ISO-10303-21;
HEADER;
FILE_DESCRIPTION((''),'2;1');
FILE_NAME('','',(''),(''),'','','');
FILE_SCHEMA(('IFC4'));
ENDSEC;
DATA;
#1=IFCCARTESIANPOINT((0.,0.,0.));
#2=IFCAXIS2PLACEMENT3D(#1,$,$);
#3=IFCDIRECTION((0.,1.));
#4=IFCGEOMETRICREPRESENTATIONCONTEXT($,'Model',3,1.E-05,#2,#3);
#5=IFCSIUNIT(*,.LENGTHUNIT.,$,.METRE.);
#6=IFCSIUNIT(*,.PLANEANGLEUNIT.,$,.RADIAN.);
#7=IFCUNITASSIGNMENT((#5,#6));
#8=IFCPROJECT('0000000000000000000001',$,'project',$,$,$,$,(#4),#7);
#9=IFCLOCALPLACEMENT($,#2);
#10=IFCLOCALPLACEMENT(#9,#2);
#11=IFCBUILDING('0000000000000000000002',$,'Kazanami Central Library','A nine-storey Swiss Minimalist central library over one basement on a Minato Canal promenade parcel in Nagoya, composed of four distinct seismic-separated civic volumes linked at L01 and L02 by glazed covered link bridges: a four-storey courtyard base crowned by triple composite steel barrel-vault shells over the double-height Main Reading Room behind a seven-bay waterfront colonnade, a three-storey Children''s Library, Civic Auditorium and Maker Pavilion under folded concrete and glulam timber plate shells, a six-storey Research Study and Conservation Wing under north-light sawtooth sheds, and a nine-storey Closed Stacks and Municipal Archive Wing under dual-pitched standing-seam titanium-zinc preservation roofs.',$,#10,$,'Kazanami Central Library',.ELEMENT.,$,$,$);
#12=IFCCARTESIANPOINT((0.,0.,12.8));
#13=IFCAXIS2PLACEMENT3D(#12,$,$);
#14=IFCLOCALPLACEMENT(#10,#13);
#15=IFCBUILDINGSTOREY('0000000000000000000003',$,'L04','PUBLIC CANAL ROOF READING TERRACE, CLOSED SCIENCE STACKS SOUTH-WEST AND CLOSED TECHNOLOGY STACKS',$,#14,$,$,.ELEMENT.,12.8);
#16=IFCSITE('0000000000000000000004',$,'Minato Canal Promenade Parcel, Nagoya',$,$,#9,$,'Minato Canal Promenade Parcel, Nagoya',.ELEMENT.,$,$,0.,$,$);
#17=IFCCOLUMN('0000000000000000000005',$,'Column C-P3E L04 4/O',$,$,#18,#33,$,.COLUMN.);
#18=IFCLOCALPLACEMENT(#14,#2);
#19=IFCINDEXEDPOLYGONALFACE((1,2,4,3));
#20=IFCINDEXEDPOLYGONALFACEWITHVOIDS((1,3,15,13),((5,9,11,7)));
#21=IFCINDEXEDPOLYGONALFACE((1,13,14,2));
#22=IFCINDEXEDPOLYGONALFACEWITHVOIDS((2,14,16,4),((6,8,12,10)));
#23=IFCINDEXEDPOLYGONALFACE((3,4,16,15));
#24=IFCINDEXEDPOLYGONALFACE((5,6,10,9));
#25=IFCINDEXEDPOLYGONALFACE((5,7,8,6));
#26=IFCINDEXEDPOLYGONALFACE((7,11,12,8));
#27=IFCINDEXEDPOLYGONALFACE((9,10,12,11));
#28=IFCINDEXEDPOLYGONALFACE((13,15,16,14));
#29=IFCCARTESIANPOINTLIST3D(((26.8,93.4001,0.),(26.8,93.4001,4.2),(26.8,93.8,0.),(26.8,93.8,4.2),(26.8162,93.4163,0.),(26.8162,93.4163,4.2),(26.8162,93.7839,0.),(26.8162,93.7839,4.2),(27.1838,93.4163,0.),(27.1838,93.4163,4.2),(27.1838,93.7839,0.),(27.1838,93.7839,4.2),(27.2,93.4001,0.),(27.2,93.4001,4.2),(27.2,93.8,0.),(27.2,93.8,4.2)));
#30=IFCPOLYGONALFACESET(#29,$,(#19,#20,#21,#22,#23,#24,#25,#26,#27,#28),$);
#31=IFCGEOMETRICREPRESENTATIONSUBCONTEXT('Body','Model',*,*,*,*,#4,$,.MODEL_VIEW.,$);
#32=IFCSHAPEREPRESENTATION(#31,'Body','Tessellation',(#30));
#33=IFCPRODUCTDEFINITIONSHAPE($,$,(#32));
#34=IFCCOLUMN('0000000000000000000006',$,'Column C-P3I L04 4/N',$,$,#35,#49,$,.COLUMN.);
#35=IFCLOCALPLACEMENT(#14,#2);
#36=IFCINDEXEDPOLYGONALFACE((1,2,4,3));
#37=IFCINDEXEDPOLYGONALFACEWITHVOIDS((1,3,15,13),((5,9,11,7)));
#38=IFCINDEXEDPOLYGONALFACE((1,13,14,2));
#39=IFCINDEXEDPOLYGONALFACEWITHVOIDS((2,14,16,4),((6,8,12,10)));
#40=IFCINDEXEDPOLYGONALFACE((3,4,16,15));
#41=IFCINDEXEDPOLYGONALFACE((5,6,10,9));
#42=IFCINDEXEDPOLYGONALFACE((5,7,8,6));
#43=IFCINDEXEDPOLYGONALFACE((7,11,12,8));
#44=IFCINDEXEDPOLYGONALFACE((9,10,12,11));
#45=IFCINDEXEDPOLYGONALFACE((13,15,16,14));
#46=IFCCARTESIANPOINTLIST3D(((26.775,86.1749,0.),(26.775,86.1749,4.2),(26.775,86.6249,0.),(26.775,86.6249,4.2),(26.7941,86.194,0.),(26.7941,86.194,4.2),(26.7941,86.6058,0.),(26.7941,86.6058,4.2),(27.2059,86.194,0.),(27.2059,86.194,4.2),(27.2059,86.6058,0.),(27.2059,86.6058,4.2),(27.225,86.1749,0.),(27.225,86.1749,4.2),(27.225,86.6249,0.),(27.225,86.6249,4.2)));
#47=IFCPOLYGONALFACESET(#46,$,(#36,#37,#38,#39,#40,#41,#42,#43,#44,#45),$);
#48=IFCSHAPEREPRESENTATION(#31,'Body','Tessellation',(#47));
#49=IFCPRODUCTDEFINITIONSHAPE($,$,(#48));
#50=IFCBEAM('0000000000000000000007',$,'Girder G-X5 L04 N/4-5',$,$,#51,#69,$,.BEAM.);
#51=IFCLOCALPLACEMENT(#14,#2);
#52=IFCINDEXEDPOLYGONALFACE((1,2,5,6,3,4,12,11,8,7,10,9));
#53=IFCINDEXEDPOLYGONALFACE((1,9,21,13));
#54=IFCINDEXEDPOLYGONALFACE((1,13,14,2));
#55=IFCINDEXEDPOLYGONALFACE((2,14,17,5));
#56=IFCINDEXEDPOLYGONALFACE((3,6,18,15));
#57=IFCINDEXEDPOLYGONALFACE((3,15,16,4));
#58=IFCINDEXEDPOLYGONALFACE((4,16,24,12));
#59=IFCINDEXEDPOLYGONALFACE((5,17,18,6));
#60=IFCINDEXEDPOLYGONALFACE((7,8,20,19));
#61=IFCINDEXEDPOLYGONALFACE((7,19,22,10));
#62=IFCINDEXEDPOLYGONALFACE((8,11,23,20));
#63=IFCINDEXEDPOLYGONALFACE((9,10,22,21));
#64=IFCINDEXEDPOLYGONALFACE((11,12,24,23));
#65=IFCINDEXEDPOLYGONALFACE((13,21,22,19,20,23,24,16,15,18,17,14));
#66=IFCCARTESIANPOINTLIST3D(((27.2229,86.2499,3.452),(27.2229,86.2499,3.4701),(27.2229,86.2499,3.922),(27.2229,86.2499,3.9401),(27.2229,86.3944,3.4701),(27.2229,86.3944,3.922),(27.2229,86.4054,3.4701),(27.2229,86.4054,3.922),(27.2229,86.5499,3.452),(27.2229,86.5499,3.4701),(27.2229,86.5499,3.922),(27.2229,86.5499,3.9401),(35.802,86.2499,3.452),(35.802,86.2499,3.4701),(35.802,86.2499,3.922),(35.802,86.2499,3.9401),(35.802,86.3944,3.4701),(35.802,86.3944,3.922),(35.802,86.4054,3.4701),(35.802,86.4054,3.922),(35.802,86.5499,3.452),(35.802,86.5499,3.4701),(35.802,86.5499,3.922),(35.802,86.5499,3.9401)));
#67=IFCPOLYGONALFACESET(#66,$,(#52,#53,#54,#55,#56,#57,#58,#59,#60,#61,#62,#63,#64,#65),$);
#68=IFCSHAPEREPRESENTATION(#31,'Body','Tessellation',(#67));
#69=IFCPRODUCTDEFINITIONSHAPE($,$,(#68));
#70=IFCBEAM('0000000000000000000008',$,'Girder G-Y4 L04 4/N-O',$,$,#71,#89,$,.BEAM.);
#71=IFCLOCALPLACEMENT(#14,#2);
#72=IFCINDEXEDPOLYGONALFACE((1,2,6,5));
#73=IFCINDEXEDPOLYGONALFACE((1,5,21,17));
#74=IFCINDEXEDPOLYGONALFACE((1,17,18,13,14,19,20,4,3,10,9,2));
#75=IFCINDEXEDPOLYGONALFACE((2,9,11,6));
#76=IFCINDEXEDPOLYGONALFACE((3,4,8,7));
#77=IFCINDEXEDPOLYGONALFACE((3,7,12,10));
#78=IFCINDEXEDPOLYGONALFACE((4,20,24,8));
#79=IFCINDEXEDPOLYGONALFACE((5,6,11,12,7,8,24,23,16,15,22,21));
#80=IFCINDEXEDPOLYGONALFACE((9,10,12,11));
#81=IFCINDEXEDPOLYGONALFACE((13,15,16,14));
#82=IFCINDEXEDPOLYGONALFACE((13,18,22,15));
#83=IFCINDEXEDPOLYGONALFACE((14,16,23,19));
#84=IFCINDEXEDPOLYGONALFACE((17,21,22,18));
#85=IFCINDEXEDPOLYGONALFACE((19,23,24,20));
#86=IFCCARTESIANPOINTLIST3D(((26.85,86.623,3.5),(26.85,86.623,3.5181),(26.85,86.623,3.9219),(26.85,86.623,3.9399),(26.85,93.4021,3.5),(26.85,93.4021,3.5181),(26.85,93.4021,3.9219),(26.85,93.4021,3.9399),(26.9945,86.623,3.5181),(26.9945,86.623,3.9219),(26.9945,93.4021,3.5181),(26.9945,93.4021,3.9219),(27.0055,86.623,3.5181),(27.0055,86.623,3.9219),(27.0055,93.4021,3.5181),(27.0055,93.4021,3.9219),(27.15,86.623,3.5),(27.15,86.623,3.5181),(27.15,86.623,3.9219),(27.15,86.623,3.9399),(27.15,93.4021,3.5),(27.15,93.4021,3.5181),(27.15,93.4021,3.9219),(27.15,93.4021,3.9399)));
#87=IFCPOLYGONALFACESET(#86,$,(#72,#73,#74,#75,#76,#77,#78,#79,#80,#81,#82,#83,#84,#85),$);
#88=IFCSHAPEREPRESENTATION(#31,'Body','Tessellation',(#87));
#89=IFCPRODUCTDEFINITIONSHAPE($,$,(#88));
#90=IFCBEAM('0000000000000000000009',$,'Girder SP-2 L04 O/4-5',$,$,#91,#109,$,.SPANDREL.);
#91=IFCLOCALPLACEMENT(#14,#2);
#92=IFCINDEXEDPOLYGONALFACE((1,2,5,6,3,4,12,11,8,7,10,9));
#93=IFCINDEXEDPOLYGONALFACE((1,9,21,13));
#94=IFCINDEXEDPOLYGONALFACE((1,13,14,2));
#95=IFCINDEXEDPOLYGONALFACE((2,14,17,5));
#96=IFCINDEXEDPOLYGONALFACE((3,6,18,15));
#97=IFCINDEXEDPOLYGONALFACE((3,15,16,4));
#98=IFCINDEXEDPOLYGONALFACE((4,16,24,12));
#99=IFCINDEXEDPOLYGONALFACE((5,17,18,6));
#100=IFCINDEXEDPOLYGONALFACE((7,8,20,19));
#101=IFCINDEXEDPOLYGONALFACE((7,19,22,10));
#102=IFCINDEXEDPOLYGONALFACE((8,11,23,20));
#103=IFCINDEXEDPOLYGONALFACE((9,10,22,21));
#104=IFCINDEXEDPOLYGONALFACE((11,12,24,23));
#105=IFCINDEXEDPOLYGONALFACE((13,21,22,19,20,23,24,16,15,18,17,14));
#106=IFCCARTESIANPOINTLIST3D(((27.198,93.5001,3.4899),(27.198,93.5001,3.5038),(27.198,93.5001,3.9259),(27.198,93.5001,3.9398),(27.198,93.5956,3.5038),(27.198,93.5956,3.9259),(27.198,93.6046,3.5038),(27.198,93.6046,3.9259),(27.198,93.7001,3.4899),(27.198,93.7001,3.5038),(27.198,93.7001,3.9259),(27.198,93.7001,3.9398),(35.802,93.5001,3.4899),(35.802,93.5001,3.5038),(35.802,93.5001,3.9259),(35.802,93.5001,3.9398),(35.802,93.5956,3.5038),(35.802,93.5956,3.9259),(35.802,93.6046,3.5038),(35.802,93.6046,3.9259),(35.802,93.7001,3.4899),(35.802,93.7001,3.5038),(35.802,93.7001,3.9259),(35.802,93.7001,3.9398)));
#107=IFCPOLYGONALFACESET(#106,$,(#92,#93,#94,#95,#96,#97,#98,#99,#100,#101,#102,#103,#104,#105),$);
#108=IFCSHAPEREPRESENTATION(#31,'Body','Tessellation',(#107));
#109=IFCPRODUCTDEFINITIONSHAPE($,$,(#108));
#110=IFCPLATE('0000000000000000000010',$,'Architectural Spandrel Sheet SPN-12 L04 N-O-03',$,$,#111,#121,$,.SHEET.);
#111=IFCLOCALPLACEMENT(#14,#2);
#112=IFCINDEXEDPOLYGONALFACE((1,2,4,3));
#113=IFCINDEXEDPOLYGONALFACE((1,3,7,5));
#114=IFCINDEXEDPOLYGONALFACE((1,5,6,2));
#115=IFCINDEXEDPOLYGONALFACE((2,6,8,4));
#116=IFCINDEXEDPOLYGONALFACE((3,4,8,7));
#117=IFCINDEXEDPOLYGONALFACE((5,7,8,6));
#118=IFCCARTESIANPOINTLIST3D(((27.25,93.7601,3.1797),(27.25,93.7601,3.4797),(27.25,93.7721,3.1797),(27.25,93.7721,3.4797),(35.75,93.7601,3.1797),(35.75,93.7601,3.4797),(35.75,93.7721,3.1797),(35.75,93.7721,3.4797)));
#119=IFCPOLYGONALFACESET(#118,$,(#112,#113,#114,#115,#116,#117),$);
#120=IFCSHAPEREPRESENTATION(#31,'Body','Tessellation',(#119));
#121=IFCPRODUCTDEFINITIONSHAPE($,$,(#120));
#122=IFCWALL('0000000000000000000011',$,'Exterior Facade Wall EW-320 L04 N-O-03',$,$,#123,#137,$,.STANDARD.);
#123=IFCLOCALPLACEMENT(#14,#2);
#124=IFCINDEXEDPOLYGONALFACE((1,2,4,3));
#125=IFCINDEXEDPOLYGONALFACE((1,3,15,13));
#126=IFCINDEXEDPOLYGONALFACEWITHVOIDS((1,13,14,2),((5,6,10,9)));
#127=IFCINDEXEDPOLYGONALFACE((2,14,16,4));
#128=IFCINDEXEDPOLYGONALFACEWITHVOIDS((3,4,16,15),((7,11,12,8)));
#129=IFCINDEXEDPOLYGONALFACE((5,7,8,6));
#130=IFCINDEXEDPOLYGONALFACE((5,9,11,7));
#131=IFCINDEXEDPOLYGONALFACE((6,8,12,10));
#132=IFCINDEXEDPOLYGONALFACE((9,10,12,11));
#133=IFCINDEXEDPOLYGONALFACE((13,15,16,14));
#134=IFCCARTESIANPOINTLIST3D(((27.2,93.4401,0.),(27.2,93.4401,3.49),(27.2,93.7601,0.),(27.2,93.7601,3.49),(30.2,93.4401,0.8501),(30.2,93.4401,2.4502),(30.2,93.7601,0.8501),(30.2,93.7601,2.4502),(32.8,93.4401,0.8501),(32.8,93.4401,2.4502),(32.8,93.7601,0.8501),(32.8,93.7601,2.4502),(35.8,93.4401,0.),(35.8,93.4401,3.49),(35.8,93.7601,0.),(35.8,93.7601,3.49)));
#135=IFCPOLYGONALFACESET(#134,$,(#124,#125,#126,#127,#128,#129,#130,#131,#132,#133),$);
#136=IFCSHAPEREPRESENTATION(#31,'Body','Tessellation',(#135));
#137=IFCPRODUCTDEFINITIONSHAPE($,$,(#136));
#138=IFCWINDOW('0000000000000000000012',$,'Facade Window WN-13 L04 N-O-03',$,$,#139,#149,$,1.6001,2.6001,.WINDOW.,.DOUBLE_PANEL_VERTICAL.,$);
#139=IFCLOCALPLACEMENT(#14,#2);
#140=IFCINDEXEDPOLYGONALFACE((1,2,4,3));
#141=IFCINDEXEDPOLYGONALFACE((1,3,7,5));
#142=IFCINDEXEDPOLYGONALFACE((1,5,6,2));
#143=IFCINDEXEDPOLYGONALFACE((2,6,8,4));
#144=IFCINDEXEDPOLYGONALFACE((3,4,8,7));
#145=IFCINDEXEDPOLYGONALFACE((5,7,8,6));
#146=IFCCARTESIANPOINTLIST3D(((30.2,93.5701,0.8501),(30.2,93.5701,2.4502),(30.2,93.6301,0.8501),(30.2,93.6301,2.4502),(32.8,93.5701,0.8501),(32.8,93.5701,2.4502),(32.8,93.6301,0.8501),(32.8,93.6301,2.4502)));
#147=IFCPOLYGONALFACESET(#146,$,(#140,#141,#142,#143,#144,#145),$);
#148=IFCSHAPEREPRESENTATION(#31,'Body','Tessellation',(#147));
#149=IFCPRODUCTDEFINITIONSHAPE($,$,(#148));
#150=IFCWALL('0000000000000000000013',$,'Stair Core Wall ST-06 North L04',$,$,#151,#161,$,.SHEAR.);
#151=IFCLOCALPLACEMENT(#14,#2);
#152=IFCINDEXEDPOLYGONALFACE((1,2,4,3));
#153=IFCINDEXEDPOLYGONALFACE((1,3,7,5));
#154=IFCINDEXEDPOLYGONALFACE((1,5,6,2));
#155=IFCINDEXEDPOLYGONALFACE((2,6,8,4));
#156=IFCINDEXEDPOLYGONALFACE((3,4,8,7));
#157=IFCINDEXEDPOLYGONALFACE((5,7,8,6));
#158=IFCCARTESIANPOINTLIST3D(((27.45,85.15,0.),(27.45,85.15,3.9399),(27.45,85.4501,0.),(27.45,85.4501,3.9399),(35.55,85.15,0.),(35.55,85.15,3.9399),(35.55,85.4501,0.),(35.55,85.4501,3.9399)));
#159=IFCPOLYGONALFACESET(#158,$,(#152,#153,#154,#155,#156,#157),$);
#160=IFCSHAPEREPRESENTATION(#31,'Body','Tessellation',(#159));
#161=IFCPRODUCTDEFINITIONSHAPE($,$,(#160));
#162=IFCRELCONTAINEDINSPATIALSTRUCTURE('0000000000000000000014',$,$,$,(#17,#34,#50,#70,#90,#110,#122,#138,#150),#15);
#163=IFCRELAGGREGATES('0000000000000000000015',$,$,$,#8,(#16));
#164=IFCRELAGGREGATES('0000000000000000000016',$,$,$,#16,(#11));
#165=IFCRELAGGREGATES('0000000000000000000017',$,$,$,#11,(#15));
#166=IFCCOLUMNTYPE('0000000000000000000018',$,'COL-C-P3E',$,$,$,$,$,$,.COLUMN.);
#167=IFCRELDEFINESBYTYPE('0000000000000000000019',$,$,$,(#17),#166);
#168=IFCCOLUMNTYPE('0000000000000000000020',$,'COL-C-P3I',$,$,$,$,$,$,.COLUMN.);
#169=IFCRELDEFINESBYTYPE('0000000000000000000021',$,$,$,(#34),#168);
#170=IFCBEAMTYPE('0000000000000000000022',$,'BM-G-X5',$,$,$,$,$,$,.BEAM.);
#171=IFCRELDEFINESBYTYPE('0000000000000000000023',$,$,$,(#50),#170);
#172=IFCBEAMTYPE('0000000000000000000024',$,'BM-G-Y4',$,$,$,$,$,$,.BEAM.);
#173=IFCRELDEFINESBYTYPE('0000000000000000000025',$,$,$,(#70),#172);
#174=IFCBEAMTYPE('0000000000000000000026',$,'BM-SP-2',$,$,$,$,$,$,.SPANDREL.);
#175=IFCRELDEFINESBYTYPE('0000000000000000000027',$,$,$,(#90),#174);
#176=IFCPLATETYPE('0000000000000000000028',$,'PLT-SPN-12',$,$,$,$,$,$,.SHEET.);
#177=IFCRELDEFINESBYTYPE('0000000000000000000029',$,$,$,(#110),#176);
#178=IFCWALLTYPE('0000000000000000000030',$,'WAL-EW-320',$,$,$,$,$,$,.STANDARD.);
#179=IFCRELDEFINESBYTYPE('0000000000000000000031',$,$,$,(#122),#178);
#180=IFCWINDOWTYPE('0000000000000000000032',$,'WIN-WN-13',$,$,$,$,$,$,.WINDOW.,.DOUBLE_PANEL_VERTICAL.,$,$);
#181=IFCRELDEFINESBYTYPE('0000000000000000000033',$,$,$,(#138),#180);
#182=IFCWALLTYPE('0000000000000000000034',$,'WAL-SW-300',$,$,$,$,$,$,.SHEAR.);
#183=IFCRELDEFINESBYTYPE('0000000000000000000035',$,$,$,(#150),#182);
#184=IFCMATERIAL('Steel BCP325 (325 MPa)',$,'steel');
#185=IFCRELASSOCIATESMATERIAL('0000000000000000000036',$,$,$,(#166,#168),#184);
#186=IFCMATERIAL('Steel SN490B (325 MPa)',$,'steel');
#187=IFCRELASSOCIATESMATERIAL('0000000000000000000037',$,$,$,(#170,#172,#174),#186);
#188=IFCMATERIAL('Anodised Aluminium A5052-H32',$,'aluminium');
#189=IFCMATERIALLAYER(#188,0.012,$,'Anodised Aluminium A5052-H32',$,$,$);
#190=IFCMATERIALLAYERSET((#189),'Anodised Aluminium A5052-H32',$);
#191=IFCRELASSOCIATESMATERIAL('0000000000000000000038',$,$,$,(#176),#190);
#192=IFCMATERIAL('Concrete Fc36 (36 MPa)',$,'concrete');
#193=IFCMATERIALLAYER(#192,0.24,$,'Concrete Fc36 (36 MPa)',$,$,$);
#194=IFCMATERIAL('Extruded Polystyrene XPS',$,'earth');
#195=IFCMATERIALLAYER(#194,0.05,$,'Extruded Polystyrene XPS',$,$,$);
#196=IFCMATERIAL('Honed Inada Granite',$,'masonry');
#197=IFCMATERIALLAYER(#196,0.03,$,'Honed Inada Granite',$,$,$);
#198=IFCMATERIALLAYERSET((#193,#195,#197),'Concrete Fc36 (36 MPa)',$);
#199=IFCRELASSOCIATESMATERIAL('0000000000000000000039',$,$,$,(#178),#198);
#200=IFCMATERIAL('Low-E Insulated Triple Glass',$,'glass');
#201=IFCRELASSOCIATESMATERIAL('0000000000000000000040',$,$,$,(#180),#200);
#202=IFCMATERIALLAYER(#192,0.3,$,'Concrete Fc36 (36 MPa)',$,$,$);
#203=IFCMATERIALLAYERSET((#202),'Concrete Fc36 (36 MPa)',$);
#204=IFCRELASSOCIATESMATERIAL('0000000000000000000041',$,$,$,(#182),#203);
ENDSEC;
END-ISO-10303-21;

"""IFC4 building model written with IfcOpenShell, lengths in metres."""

from ifc_helpers import new_model, si_unit, direction, frame, frame_2d, origin, origin_2d, place, context, subcontext, project, spatial, rectangle, hollow_rectangle, i_section, extrude, material, layer, layer_set, material_profile, profile_set, type_object, element, fill, save


model = new_model("IFC4")

# Units and contexts
model_context = context("Model", 3, precision=1e-05, world=origin(), true_north=direction((0.0, 1.0)))
body_context = subcontext(model_context, "Body", "Model", "MODEL_VIEW")
ifc_project = project(units=[si_unit("LENGTHUNIT", "METRE"), si_unit("PLANEANGLEUNIT", "RADIAN")], contexts=[model_context])

# Site, building, storey
site_placement = place(None, origin())
site = spatial("IfcSite", under=ifc_project, at=site_placement, Name="Minato Canal Promenade Parcel, Nagoya", LongName="Minato Canal Promenade Parcel, Nagoya", CompositionType="ELEMENT", RefElevation=0.0)
building_placement = place(site_placement, origin())
building = spatial("IfcBuilding", under=site, at=building_placement, Name="Kazanami Central Library", Description="A nine-storey Swiss Minimalist central library over one basement on a Minato Canal promenade parcel in Nagoya, composed of four distinct seismic-separated civic volumes linked at L01 and L02 by glazed covered link bridges: a four-storey courtyard base crowned by triple composite steel barrel-vault shells over the double-height Main Reading Room behind a seven-bay waterfront colonnade, a three-storey Children's Library, Civic Auditorium and Maker Pavilion under folded concrete and glulam timber plate shells, a six-storey Research Study and Conservation Wing under north-light sawtooth sheds, and a nine-storey Closed Stacks and Municipal Archive Wing under dual-pitched standing-seam titanium-zinc preservation roofs.", LongName="Kazanami Central Library", CompositionType="ELEMENT")
storey_placement = place(building_placement, frame((0.0, 0.0, 12.8)))
storey = spatial("IfcBuildingStorey", under=building, at=storey_placement, Name="L04", Description="PUBLIC CANAL ROOF READING TERRACE, CLOSED SCIENCE STACKS SOUTH-WEST AND CLOSED TECHNOLOGY STACKS", CompositionType="ELEMENT", Elevation=12.8)

# Columns
ifc_material_1 = material(Name="Steel BCP325 (325 MPa)", Category="steel")
ifc_material_profile_1 = material_profile(ifc_material_1, hollow_rectangle(XDim=0.3999, YDim=0.3999, WallThickness=0.0161, at=origin_2d()), Name="BCP-400x400x16")
ifc_profile_set_1 = profile_set([ifc_material_profile_1], Name="Steel BCP325 (325 MPa)")
column_type_1 = type_object("IfcColumnType", Name="COL-C-P3E", PredefinedType="COLUMN", material=ifc_profile_set_1)
column_1_placement = place(storey_placement, frame((27.0, 93.6001, 0.0), z_axis=(0.0, 0.0, 1.0), x_axis=(1.0, 0.0, 0.0)))
element("IfcColumn", 1, at=column_1_placement, inside=storey, type_object=column_type_1, Name="Column C-P3E L04 4/O", PredefinedType="COLUMN", context=body_context, shape_type="SweptSolid", body=[
    extrude(hollow_rectangle(XDim=0.3999, YDim=0.3999, WallThickness=0.0161, at=origin_2d()), origin(), (0.0, 0.0, 1.0), 4.2),
])
ifc_material_profile_2 = material_profile(ifc_material_1, hollow_rectangle(XDim=0.45, YDim=0.45, WallThickness=0.019, at=origin_2d()), Name="BCP-450x450x19")
ifc_profile_set_2 = profile_set([ifc_material_profile_2], Name="Steel BCP325 (325 MPa)")
column_type_2 = type_object("IfcColumnType", Name="COL-C-P3I", PredefinedType="COLUMN", material=ifc_profile_set_2)
column_2_placement = place(storey_placement, frame((27.0, 86.3999, 0.0), z_axis=(0.0, 0.0, 1.0), x_axis=(1.0, 0.0, 0.0)))
element("IfcColumn", 2, at=column_2_placement, inside=storey, type_object=column_type_2, Name="Column C-P3I L04 4/N", PredefinedType="COLUMN", context=body_context, shape_type="SweptSolid", body=[
    extrude(hollow_rectangle(XDim=0.45, YDim=0.45, WallThickness=0.019, at=origin_2d()), origin(), (0.0, 0.0, 1.0), 4.2),
])

# Beams
ifc_material_2 = material(Name="Steel SN490B (325 MPa)", Category="steel")
ifc_material_profile_3 = material_profile(ifc_material_2, i_section(OverallWidth=0.3, OverallDepth=0.488, WebThickness=0.011, FlangeThickness=0.0181, at=origin_2d()), Name="H-488x300x11x18")
ifc_profile_set_3 = profile_set([ifc_material_profile_3], Name="Steel SN490B (325 MPa)")
beam_type_1 = type_object("IfcBeamType", Name="BM-G-X5", PredefinedType="BEAM", material=ifc_profile_set_3)
beam_1_placement = place(storey_placement, frame((27.2229, 86.3999, 3.696), z_axis=(1.0, 0.0, 0.0), x_axis=(0.0, 1.0, 0.0)))
element("IfcBeam", 3, at=beam_1_placement, inside=storey, type_object=beam_type_1, Name="Girder G-X5 L04 N/4-5", PredefinedType="BEAM", context=body_context, shape_type="SweptSolid", body=[
    extrude(i_section(OverallWidth=0.3, OverallDepth=0.488, WebThickness=0.011, FlangeThickness=0.0181, at=origin_2d()), origin(), (0.0, 0.0, 1.0), 8.5791),
])
ifc_material_profile_4 = material_profile(ifc_material_2, i_section(OverallWidth=0.3, OverallDepth=0.4399, WebThickness=0.011, FlangeThickness=0.0181, at=origin_2d()), Name="H-440x300x11x18")
ifc_profile_set_4 = profile_set([ifc_material_profile_4], Name="Steel SN490B (325 MPa)")
beam_type_2 = type_object("IfcBeamType", Name="BM-G-Y4", PredefinedType="BEAM", material=ifc_profile_set_4)
beam_2_placement = place(storey_placement, frame((27.0, 86.623, 3.72), z_axis=(0.0, 1.0, 0.0), x_axis=(-1.0, 0.0, 0.0)))
element("IfcBeam", 4, at=beam_2_placement, inside=storey, type_object=beam_type_2, Name="Girder G-Y4 L04 4/N-O", PredefinedType="BEAM", context=body_context, shape_type="SweptSolid", body=[
    extrude(i_section(OverallWidth=0.3, OverallDepth=0.4399, WebThickness=0.011, FlangeThickness=0.0181, at=origin_2d()), origin(), (0.0, 0.0, 1.0), 6.7791),
])
ifc_material_profile_5 = material_profile(ifc_material_2, i_section(OverallWidth=0.2, OverallDepth=0.45, WebThickness=0.009, FlangeThickness=0.0139, at=origin_2d()), Name="H-450x200x9x14")
ifc_profile_set_5 = profile_set([ifc_material_profile_5], Name="Steel SN490B (325 MPa)")
beam_type_3 = type_object("IfcBeamType", Name="BM-SP-2", PredefinedType="SPANDREL", material=ifc_profile_set_5)
beam_3_placement = place(storey_placement, frame((27.198, 93.6001, 3.7148), z_axis=(1.0, 0.0, 0.0), x_axis=(0.0, 1.0, 0.0)))
element("IfcBeam", 5, at=beam_3_placement, inside=storey, type_object=beam_type_3, Name="Girder SP-2 L04 O/4-5", PredefinedType="SPANDREL", context=body_context, shape_type="SweptSolid", body=[
    extrude(i_section(OverallWidth=0.2, OverallDepth=0.45, WebThickness=0.009, FlangeThickness=0.0139, at=origin_2d()), origin(), (0.0, 0.0, 1.0), 8.604),
])

# Plate
ifc_material_3 = material(Name="Anodised Aluminium A5052-H32", Category="aluminium")
ifc_layer_1 = layer(ifc_material_3, 0.012, Name="Anodised Aluminium A5052-H32")
ifc_layer_set_1 = layer_set([ifc_layer_1], Name="Anodised Aluminium A5052-H32")
plate_type = type_object("IfcPlateType", Name="PLT-SPN-12", PredefinedType="SHEET", material=ifc_layer_set_1)
plate_placement = place(storey_placement, frame((31.5, 93.7661, 3.1797), z_axis=(0.0, 0.0, 1.0), x_axis=(-1.0, 0.0, 0.0)))
element("IfcPlate", 6, at=plate_placement, inside=storey, type_object=plate_type, Name="Architectural Spandrel Sheet SPN-12 L04 N-O-03", PredefinedType="SHEET", context=body_context, shape_type="SweptSolid", body=[
    extrude(rectangle(XDim=8.5, YDim=0.012, at=origin_2d()), origin(), (0.0, 0.0, 1.0), 0.3),
])

# Wall, opening, window
ifc_material_4 = material(Name="Concrete Fc36 (36 MPa)", Category="concrete")
ifc_layer_2 = layer(ifc_material_4, 0.24, Name="Concrete Fc36 (36 MPa)")
ifc_material_5 = material(Name="Extruded Polystyrene XPS", Category="earth")
ifc_layer_3 = layer(ifc_material_5, 0.05, Name="Extruded Polystyrene XPS")
ifc_material_6 = material(Name="Honed Inada Granite", Category="masonry")
ifc_layer_4 = layer(ifc_material_6, 0.03, Name="Honed Inada Granite")
ifc_layer_set_2 = layer_set([ifc_layer_2, ifc_layer_3, ifc_layer_4], Name="Concrete Fc36 (36 MPa)")
wall_type_1 = type_object("IfcWallType", Name="WAL-EW-320", PredefinedType="STANDARD", material=ifc_layer_set_2)
wall_1_placement = place(storey_placement, frame((35.8, 93.6001, 0.0), z_axis=(0.0, 0.0, 1.0), x_axis=(-1.0, 0.0, 0.0)))
wall_1 = element("IfcWall", 7, at=wall_1_placement, inside=storey, type_object=wall_type_1, Name="Exterior Facade Wall EW-320 L04 N-O-03", PredefinedType="STANDARD", context=body_context, shape_type="SweptSolid", body=[
    extrude(rectangle(XDim=8.6001, YDim=0.3201, at=frame_2d((4.3, 0.0))), origin(), (0.0, 0.0, 1.0), 3.49),
])
opening_placement = place(wall_1_placement, frame((3.0, 0.0, 0.8501)))
opening = element("IfcOpeningElement", 8, at=opening_placement, cuts=wall_1, PredefinedType="OPENING", context=body_context, shape_type="SweptSolid", body=[
    extrude(rectangle(XDim=2.6001, YDim=1.6001, at=frame_2d((1.3, 0.8))), frame((0.0, 0.1719, 0.0), z_axis=(0.0, -1.0, 0.0), x_axis=(1.0, 0.0, 0.0)), (0.0, 0.0, 1.0), 0.344),
])
ifc_material_7 = material(Name="Low-E Insulated Triple Glass", Category="glass")
window_type = type_object("IfcWindowType", Name="WIN-WN-13", PartitioningType="DOUBLE_PANEL_VERTICAL", PredefinedType="WINDOW", material=ifc_material_7)
window_placement = place(opening_placement, origin())
window = element("IfcWindow", 9, at=window_placement, inside=storey, type_object=window_type, Name="Facade Window WN-13 L04 N-O-03", OverallHeight=1.6001, OverallWidth=2.6001, PartitioningType="DOUBLE_PANEL_VERTICAL", PredefinedType="WINDOW", context=body_context, shape_type="SweptSolid", body=[
    extrude(rectangle(XDim=2.6001, YDim=1.6001, at=frame_2d((1.3, 0.8))), frame((0.0, 0.03, 0.0), z_axis=(0.0, -1.0, 0.0), x_axis=(1.0, 0.0, 0.0)), (0.0, 0.0, 1.0), 0.0601),
])
fill(opening, window)

# Wall
ifc_layer_5 = layer(ifc_material_4, 0.3, Name="Concrete Fc36 (36 MPa)")
ifc_layer_set_3 = layer_set([ifc_layer_5], Name="Concrete Fc36 (36 MPa)")
wall_type_2 = type_object("IfcWallType", Name="WAL-SW-300", PredefinedType="SHEAR", material=ifc_layer_set_3)
wall_2_placement = place(storey_placement, frame((27.45, 85.3, 0.0), z_axis=(0.0, 0.0, 1.0), x_axis=(1.0, 0.0, 0.0)))
element("IfcWall", 10, at=wall_2_placement, inside=storey, type_object=wall_type_2, Name="Stair Core Wall ST-06 North L04", PredefinedType="SHEAR", context=body_context, shape_type="SweptSolid", body=[
    extrude(rectangle(XDim=8.1001, YDim=0.3, at=frame_2d((4.05, 0.0))), origin(), (0.0, 0.0, 1.0), 3.9399),
])

save(model, "model.ifc")
